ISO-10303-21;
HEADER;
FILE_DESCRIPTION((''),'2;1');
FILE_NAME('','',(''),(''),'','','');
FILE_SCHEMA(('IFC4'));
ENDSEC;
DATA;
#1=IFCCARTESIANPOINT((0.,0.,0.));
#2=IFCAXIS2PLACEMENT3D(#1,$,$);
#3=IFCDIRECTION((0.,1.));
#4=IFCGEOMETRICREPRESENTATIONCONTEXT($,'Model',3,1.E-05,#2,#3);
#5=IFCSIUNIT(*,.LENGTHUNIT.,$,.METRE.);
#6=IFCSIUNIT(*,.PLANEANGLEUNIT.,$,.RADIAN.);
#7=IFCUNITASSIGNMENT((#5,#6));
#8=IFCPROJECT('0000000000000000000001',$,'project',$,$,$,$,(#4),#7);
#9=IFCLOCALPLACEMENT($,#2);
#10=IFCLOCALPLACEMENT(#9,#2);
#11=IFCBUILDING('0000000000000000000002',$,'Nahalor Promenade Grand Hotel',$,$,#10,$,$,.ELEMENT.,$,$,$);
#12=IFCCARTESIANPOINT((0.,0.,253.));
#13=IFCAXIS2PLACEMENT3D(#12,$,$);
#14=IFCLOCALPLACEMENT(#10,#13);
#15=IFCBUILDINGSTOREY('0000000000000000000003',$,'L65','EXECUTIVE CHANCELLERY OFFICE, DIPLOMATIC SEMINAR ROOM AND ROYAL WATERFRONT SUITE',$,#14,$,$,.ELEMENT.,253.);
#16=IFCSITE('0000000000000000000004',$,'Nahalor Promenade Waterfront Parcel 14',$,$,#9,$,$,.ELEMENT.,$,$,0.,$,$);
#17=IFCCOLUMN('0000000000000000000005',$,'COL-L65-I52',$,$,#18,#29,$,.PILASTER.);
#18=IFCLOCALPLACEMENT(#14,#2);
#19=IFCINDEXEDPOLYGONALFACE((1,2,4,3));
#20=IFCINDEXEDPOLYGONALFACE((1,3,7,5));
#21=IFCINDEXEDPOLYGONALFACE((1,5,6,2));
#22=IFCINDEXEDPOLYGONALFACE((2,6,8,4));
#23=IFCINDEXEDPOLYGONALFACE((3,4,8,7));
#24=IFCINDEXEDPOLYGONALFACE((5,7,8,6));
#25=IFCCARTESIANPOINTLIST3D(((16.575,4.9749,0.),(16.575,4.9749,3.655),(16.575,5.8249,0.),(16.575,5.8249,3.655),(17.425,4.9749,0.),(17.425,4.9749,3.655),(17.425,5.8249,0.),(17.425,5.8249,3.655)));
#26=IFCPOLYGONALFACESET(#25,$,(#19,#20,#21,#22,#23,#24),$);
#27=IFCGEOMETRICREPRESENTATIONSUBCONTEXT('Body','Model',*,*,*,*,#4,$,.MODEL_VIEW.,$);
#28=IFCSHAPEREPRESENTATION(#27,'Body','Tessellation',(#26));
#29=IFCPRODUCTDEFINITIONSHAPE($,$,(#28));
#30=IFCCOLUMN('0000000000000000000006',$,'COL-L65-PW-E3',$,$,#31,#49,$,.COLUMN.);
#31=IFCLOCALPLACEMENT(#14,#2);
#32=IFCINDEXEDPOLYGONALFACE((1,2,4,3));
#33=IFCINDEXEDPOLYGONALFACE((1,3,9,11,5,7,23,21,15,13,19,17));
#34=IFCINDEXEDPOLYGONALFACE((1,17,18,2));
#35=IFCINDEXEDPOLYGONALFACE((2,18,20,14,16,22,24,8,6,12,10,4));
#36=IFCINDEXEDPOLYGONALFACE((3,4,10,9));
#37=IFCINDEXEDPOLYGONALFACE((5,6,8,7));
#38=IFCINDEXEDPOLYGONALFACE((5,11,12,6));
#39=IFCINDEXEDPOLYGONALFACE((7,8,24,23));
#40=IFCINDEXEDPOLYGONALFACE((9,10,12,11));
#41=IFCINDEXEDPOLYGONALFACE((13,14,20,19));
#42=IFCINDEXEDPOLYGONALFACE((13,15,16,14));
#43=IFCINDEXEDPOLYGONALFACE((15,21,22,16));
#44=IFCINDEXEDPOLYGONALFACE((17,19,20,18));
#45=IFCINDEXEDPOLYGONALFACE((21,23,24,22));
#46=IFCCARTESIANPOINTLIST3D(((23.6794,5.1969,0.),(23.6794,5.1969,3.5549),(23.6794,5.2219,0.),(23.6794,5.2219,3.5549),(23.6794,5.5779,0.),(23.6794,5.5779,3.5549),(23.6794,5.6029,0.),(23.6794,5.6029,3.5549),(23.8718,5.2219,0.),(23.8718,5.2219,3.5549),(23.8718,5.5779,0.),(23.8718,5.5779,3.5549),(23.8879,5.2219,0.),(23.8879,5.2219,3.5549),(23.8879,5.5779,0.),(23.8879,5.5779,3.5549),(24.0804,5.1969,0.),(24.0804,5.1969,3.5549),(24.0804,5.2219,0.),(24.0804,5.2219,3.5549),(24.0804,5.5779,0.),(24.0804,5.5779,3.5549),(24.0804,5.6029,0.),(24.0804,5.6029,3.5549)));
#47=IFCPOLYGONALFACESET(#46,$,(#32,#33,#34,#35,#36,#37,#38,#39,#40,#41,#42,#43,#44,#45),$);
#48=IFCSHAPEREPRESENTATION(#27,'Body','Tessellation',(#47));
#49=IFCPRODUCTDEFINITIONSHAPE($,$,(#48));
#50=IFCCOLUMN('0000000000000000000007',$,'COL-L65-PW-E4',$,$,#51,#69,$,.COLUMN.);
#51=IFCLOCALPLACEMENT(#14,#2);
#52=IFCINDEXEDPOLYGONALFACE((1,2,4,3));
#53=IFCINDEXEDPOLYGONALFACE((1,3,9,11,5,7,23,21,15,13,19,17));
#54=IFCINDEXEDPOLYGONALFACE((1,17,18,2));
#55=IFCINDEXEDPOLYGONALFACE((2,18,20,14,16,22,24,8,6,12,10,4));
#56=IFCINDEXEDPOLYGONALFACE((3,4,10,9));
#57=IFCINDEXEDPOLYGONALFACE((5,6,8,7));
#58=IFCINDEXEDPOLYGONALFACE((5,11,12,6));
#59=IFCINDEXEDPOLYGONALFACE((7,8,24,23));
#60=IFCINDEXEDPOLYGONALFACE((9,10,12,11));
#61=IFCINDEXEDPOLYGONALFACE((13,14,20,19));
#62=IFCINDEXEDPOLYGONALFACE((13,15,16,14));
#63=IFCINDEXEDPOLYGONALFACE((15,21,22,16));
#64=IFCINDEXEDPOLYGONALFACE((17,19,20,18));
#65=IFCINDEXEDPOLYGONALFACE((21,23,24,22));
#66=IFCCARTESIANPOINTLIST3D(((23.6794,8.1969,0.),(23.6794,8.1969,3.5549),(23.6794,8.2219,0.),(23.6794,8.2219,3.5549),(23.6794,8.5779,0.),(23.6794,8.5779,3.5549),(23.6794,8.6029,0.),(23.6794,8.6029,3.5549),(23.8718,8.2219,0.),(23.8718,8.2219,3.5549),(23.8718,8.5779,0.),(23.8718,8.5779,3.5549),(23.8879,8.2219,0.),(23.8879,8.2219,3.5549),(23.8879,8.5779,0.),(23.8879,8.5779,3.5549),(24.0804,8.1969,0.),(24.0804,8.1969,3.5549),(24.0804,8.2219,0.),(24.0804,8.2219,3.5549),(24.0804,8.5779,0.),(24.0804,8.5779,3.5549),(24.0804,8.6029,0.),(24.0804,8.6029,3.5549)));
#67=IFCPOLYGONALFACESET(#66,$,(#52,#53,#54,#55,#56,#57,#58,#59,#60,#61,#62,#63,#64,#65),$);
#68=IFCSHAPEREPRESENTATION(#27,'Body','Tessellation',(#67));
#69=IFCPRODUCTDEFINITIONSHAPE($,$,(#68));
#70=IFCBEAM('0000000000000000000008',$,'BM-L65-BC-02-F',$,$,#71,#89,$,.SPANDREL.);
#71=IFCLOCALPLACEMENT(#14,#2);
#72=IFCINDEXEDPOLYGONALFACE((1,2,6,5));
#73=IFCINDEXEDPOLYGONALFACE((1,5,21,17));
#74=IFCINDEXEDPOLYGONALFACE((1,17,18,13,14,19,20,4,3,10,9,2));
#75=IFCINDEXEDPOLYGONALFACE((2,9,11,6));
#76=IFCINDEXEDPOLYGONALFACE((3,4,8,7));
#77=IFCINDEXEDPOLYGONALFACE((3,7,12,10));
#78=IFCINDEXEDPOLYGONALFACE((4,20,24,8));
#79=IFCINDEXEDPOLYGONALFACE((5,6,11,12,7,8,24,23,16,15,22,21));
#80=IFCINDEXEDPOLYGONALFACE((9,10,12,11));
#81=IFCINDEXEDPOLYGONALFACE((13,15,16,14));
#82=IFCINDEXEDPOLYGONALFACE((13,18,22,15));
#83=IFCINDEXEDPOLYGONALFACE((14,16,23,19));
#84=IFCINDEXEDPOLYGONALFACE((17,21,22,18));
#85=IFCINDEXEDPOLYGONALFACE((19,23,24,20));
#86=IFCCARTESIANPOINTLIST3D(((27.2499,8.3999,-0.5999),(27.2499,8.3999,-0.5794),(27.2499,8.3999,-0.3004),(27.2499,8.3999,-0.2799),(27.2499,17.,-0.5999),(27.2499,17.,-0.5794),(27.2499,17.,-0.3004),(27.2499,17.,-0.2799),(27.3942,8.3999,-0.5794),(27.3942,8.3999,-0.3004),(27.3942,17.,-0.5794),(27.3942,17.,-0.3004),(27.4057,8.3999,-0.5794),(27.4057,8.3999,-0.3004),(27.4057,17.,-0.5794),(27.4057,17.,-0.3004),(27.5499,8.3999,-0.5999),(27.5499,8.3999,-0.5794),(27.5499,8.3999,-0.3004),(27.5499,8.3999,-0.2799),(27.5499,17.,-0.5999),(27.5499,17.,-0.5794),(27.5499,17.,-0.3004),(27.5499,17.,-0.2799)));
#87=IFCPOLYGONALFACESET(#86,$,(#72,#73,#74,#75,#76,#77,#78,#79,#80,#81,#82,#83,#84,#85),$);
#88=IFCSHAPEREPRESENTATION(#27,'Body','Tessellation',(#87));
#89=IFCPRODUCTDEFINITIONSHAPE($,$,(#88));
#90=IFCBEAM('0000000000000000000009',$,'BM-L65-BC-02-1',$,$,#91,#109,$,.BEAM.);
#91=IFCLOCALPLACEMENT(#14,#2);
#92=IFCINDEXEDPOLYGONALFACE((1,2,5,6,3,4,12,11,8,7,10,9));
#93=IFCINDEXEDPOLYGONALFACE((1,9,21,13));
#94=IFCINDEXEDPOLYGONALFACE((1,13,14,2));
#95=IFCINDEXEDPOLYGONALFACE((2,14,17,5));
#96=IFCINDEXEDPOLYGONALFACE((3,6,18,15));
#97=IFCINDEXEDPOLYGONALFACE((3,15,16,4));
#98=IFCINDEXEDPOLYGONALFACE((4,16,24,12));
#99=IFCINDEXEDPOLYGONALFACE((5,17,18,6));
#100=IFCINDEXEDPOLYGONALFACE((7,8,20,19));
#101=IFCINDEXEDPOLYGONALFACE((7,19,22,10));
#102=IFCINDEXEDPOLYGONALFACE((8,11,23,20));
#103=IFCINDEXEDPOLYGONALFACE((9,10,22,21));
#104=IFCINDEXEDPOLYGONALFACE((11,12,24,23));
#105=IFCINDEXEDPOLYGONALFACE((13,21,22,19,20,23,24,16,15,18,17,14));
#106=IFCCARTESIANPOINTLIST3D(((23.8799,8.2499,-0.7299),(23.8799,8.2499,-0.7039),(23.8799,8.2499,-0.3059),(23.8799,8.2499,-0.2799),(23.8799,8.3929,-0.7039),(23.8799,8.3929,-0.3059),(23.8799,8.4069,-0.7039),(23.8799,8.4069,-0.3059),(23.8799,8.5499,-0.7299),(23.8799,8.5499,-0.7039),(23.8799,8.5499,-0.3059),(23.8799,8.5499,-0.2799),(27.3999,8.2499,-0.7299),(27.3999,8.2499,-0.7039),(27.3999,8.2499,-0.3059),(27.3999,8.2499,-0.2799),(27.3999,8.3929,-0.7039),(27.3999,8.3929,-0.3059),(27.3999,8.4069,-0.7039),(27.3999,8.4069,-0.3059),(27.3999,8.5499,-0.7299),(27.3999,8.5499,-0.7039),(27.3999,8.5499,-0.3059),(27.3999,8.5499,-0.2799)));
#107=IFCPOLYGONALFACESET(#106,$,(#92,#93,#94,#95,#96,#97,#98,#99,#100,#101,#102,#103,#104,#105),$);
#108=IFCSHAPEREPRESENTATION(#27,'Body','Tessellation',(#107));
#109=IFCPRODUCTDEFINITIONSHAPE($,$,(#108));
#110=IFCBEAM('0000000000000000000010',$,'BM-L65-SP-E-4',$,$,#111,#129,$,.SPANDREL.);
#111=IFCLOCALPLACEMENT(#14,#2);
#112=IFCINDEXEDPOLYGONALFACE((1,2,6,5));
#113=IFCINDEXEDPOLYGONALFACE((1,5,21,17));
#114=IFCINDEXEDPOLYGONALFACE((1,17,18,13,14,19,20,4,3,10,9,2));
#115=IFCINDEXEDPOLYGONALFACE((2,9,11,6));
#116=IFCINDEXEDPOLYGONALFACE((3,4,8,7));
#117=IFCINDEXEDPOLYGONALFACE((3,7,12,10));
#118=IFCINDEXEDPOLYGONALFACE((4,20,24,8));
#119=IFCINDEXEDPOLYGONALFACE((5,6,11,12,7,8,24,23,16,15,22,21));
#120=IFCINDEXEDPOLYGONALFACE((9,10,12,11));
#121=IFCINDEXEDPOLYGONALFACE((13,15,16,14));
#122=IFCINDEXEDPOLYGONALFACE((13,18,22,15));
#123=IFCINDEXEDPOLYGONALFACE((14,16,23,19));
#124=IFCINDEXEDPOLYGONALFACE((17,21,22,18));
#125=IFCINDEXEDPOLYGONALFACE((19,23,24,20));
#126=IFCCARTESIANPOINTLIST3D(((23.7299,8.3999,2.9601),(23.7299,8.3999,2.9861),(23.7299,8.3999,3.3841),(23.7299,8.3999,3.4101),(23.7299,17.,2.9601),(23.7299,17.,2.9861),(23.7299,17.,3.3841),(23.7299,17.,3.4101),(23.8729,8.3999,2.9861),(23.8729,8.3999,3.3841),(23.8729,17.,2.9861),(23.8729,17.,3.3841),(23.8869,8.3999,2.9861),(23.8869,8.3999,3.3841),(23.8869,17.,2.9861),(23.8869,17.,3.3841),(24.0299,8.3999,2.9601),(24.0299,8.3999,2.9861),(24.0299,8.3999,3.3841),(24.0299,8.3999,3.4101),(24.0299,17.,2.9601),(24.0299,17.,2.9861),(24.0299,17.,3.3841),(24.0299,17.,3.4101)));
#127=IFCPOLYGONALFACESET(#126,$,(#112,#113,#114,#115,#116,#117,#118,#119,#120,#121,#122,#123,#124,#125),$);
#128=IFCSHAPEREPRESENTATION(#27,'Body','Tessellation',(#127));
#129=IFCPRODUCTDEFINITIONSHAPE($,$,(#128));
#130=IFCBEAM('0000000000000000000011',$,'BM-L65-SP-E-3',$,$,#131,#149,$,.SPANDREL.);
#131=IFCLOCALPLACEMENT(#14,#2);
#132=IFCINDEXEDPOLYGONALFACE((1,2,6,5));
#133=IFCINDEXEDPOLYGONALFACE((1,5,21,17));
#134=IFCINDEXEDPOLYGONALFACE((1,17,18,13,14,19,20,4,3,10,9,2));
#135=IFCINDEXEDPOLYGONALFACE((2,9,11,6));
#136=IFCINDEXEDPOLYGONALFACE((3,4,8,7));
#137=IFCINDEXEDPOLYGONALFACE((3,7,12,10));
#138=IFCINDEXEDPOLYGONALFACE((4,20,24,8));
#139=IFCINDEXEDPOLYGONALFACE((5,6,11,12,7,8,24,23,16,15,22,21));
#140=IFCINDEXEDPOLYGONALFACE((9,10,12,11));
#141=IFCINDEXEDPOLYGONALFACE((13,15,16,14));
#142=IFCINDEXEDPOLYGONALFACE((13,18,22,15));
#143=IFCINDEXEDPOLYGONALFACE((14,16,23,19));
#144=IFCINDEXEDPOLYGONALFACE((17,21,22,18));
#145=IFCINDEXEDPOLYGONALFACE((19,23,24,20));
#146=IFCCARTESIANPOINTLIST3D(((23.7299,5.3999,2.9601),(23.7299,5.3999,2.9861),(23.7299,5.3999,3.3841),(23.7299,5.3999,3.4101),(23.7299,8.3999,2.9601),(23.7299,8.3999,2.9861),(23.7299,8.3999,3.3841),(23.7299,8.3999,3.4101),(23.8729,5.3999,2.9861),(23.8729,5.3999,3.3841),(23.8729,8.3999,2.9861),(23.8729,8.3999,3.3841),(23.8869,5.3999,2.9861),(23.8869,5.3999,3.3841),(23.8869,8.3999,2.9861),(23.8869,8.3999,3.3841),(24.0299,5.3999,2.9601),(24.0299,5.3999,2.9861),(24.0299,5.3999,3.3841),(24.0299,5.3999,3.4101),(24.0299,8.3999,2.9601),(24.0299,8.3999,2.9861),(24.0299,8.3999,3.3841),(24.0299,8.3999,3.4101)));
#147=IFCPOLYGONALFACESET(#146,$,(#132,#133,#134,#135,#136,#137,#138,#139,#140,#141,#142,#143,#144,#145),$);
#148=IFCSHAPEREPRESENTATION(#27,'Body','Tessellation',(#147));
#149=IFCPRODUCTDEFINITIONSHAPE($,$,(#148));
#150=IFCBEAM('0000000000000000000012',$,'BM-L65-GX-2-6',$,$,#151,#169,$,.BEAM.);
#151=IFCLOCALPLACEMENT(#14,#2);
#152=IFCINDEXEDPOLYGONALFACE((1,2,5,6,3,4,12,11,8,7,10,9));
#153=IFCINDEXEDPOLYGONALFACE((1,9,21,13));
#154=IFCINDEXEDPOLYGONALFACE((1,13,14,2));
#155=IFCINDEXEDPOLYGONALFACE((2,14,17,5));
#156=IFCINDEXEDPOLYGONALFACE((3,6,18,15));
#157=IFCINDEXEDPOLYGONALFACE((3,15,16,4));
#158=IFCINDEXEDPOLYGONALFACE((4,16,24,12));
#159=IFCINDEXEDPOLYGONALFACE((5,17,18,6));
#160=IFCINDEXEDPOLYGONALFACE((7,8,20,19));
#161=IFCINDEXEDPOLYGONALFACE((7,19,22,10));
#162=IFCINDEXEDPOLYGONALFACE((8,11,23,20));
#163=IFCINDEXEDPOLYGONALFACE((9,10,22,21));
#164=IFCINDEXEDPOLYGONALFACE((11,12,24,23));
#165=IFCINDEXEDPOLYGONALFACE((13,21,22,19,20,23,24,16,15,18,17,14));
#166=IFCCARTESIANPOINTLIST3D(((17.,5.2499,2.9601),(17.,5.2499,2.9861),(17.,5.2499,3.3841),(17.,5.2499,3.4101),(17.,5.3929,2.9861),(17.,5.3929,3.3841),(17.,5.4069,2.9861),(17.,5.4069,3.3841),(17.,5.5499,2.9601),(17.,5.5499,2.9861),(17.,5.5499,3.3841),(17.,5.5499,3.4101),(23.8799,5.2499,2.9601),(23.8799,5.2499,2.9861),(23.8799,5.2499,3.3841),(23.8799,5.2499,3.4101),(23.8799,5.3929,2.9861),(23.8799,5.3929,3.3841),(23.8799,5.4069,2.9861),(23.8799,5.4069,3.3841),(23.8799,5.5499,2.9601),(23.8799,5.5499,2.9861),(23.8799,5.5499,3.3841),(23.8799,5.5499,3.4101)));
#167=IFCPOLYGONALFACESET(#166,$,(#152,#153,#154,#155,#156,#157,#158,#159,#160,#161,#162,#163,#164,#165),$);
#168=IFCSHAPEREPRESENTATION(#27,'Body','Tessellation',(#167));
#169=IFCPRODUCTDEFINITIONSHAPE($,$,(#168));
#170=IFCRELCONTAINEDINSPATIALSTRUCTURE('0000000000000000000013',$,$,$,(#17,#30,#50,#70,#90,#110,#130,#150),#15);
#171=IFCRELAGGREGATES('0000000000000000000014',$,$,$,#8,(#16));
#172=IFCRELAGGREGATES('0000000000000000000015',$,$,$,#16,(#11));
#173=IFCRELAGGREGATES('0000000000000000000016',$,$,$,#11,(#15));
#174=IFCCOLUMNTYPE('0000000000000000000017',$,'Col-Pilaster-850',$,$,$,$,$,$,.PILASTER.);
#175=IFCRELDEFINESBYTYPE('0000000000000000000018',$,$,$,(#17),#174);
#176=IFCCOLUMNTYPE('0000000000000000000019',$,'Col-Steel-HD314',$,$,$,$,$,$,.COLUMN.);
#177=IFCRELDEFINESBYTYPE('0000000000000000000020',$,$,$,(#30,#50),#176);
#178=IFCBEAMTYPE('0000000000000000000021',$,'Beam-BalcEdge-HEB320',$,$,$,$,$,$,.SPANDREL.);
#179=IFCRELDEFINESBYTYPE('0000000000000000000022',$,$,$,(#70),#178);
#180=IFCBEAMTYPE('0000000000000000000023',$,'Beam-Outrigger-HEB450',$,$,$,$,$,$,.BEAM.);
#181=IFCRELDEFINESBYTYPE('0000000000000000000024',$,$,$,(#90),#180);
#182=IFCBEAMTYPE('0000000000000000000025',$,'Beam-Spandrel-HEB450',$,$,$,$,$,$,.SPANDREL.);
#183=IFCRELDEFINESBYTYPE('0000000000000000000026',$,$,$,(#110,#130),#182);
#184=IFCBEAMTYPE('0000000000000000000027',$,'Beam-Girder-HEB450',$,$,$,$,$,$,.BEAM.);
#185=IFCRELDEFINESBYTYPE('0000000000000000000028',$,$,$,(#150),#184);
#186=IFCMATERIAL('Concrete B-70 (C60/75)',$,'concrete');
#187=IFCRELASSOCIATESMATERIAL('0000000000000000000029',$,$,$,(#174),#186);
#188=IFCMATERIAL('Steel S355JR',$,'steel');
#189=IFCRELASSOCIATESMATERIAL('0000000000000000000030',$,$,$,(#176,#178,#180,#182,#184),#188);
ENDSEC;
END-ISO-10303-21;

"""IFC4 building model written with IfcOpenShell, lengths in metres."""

from ifc_helpers import new_model, si_unit, direction, frame, origin, origin_2d, place, context, subcontext, project, spatial, rectangle, i_section, extrude, source, transform, mapped, material, material_profile, profile_set, type_object, element, save


model = new_model("IFC4")

# Units and contexts
model_context = context("Model", 3, precision=1e-05, world=origin(), true_north=direction((0.0, 1.0)))
body_context = subcontext(model_context, "Body", "Model", "MODEL_VIEW")
ifc_project = project(units=[si_unit("LENGTHUNIT", "METRE"), si_unit("PLANEANGLEUNIT", "RADIAN")], contexts=[model_context])

# Site, building, storey
site_placement = place(None, origin())
site = spatial("IfcSite", under=ifc_project, at=site_placement, Name="Nahalor Promenade Waterfront Parcel 14", CompositionType="ELEMENT", RefElevation=0.0)
building_placement = place(site_placement, origin())
building = spatial("IfcBuilding", under=site, at=building_placement, Name="Nahalor Promenade Grand Hotel", CompositionType="ELEMENT")
storey_placement = place(building_placement, frame((0.0, 0.0, 253.0)))
storey = spatial("IfcBuildingStorey", under=building, at=storey_placement, Name="L65", Description="EXECUTIVE CHANCELLERY OFFICE, DIPLOMATIC SEMINAR ROOM AND ROYAL WATERFRONT SUITE", CompositionType="ELEMENT", Elevation=253.0)

# Columns
ifc_material_1 = material(Name="Concrete B-70 (C60/75)", Category="concrete")
ifc_material_profile_1 = material_profile(ifc_material_1, rectangle(XDim=0.85, YDim=0.85, at=origin_2d()), Name="RC 850x850")
ifc_profile_set_1 = profile_set([ifc_material_profile_1], Name="Concrete B-70 (C60/75)")
column_type_1 = type_object("IfcColumnType", Name="Col-Pilaster-850", PredefinedType="PILASTER", material=ifc_profile_set_1)
shared_shape_1 = source(origin(), body_context, "Body", "SweptSolid", [
    extrude(rectangle(XDim=0.85, YDim=0.85, at=origin_2d()), origin(), (0.0, 0.0, 1.0), 3.655),
])
column_placement = place(storey_placement, frame((17.0, 5.3999, 0.0), z_axis=(0.0, 0.0, 1.0), x_axis=(1.0, 0.0, 0.0)))
element("IfcColumn", 1, at=column_placement, inside=storey, type_object=column_type_1, Name="COL-L65-I52", PredefinedType="PILASTER", context=body_context, shape_type="MappedRepresentation", body=[
    mapped(shared_shape_1, transform((0.0, 0.0, 0.0), scale=1.0)),
])
ifc_material_2 = material(Name="Steel S355JR", Category="steel")
ifc_material_profile_2 = material_profile(ifc_material_2, i_section(OverallWidth=0.401, OverallDepth=0.406, WebThickness=0.0161, FlangeThickness=0.025, at=origin_2d()), Name="HD 400x314")
ifc_profile_set_2 = profile_set([ifc_material_profile_2], Name="Steel S355JR")
column_type_2 = type_object("IfcColumnType", Name="Col-Steel-HD314", PredefinedType="COLUMN", material=ifc_profile_set_2)
shared_shape_2 = source(origin(), body_context, "Body", "SweptSolid", [
    extrude(i_section(OverallWidth=0.401, OverallDepth=0.406, WebThickness=0.0161, FlangeThickness=0.025, at=origin_2d()), origin(), (0.0, 0.0, 1.0), 3.5549),
])
for number, where, z_axis, x_axis, name in (
    (2, (23.8799, 5.3999, 0.0), (0.0, 0.0, 1.0), (1.0, 0.0, 0.0), "COL-L65-PW-E3"),
    (3, (23.8799, 8.3999, 0.0), (0.0, 0.0, 1.0), (1.0, 0.0, 0.0), "COL-L65-PW-E4"),
):
    element("IfcColumn", number, at=place(storey_placement, frame(where, z_axis=z_axis, x_axis=x_axis)), inside=storey, type_object=column_type_2, Name=name, PredefinedType="COLUMN", context=body_context, shape_type="MappedRepresentation", body=[
        mapped(shared_shape_2, transform((0.0, 0.0, 0.0), scale=1.0)),
    ])

# Beams
ifc_material_profile_3 = material_profile(ifc_material_2, i_section(OverallWidth=0.3, OverallDepth=0.32, WebThickness=0.0115, FlangeThickness=0.0205, at=origin_2d()), Name="HEB 320")
ifc_profile_set_3 = profile_set([ifc_material_profile_3], Name="Steel S355JR")
beam_type_1 = type_object("IfcBeamType", Name="Beam-BalcEdge-HEB320", PredefinedType="SPANDREL", material=ifc_profile_set_3)
shared_shape_3 = source(origin(), body_context, "Body", "SweptSolid", [
    extrude(i_section(OverallWidth=0.3, OverallDepth=0.32, WebThickness=0.0115, FlangeThickness=0.0205, at=origin_2d()), origin(), (0.0, 0.0, 1.0), 8.6001),
])
beam_1_placement = place(storey_placement, frame((27.3999, 8.3999, -0.4399), z_axis=(0.0, 1.0, 0.0), x_axis=(-1.0, 0.0, 0.0)))
element("IfcBeam", 4, at=beam_1_placement, inside=storey, type_object=beam_type_1, Name="BM-L65-BC-02-F", PredefinedType="SPANDREL", context=body_context, shape_type="MappedRepresentation", body=[
    mapped(shared_shape_3, transform((0.0, 0.0, 0.0), scale=1.0)),
])
ifc_material_profile_4 = material_profile(ifc_material_2, i_section(OverallWidth=0.3, OverallDepth=0.45, WebThickness=0.014, FlangeThickness=0.026, at=origin_2d()), Name="HEB 450")
ifc_profile_set_4 = profile_set([ifc_material_profile_4], Name="Steel S355JR")
beam_type_2 = type_object("IfcBeamType", Name="Beam-Outrigger-HEB450", PredefinedType="BEAM", material=ifc_profile_set_4)
shared_shape_4 = source(origin(), body_context, "Body", "SweptSolid", [
    extrude(i_section(OverallWidth=0.3, OverallDepth=0.45, WebThickness=0.014, FlangeThickness=0.026, at=origin_2d()), origin(), (0.0, 0.0, 1.0), 3.52),
])
beam_2_placement = place(storey_placement, frame((23.8799, 8.3999, -0.5049), z_axis=(1.0, 0.0, 0.0), x_axis=(0.0, 1.0, 0.0)))
element("IfcBeam", 5, at=beam_2_placement, inside=storey, type_object=beam_type_2, Name="BM-L65-BC-02-1", PredefinedType="BEAM", context=body_context, shape_type="MappedRepresentation", body=[
    mapped(shared_shape_4, transform((0.0, 0.0, 0.0), scale=1.0)),
])
ifc_material_profile_5 = material_profile(ifc_material_2, i_section(OverallWidth=0.3, OverallDepth=0.45, WebThickness=0.014, FlangeThickness=0.026, at=origin_2d()), Name="HEB 450")
ifc_profile_set_5 = profile_set([ifc_material_profile_5], Name="Steel S355JR")
beam_type_3 = type_object("IfcBeamType", Name="Beam-Spandrel-HEB450", PredefinedType="SPANDREL", material=ifc_profile_set_5)
shared_shape_5 = source(origin(), body_context, "Body", "SweptSolid", [
    extrude(i_section(OverallWidth=0.3, OverallDepth=0.45, WebThickness=0.014, FlangeThickness=0.026, at=origin_2d()), origin(), (0.0, 0.0, 1.0), 8.6001),
])
beam_3_placement = place(storey_placement, frame((23.8799, 8.3999, 3.1851), z_axis=(0.0, 1.0, 0.0), x_axis=(-1.0, 0.0, 0.0)))
element("IfcBeam", 6, at=beam_3_placement, inside=storey, type_object=beam_type_3, Name="BM-L65-SP-E-4", PredefinedType="SPANDREL", context=body_context, shape_type="MappedRepresentation", body=[
    mapped(shared_shape_5, transform((0.0, 0.0, 0.0), scale=1.0)),
])
shared_shape_6 = source(origin(), body_context, "Body", "SweptSolid", [
    extrude(i_section(OverallWidth=0.3, OverallDepth=0.45, WebThickness=0.014, FlangeThickness=0.026, at=origin_2d()), origin(), (0.0, 0.0, 1.0), 3.0),
])
beam_4_placement = place(storey_placement, frame((23.8799, 5.3999, 3.1851), z_axis=(0.0, 1.0, 0.0), x_axis=(-1.0, 0.0, 0.0)))
element("IfcBeam", 7, at=beam_4_placement, inside=storey, type_object=beam_type_3, Name="BM-L65-SP-E-3", PredefinedType="SPANDREL", context=body_context, shape_type="MappedRepresentation", body=[
    mapped(shared_shape_6, transform((0.0, 0.0, 0.0), scale=1.0)),
])
ifc_material_profile_6 = material_profile(ifc_material_2, i_section(OverallWidth=0.3, OverallDepth=0.45, WebThickness=0.014, FlangeThickness=0.026, at=origin_2d()), Name="HEB 450")
ifc_profile_set_6 = profile_set([ifc_material_profile_6], Name="Steel S355JR")
beam_type_4 = type_object("IfcBeamType", Name="Beam-Girder-HEB450", PredefinedType="BEAM", material=ifc_profile_set_6)
shared_shape_7 = source(origin(), body_context, "Body", "SweptSolid", [
    extrude(i_section(OverallWidth=0.3, OverallDepth=0.45, WebThickness=0.014, FlangeThickness=0.026, at=origin_2d()), origin(), (0.0, 0.0, 1.0), 6.8799),
])
beam_5_placement = place(storey_placement, frame((17.0, 5.3999, 3.1851), z_axis=(1.0, 0.0, 0.0), x_axis=(0.0, 1.0, 0.0)))
element("IfcBeam", 8, at=beam_5_placement, inside=storey, type_object=beam_type_4, Name="BM-L65-GX-2-6", PredefinedType="BEAM", context=body_context, shape_type="MappedRepresentation", body=[
    mapped(shared_shape_7, transform((0.0, 0.0, 0.0), scale=1.0)),
])

save(model, "model.ifc")
